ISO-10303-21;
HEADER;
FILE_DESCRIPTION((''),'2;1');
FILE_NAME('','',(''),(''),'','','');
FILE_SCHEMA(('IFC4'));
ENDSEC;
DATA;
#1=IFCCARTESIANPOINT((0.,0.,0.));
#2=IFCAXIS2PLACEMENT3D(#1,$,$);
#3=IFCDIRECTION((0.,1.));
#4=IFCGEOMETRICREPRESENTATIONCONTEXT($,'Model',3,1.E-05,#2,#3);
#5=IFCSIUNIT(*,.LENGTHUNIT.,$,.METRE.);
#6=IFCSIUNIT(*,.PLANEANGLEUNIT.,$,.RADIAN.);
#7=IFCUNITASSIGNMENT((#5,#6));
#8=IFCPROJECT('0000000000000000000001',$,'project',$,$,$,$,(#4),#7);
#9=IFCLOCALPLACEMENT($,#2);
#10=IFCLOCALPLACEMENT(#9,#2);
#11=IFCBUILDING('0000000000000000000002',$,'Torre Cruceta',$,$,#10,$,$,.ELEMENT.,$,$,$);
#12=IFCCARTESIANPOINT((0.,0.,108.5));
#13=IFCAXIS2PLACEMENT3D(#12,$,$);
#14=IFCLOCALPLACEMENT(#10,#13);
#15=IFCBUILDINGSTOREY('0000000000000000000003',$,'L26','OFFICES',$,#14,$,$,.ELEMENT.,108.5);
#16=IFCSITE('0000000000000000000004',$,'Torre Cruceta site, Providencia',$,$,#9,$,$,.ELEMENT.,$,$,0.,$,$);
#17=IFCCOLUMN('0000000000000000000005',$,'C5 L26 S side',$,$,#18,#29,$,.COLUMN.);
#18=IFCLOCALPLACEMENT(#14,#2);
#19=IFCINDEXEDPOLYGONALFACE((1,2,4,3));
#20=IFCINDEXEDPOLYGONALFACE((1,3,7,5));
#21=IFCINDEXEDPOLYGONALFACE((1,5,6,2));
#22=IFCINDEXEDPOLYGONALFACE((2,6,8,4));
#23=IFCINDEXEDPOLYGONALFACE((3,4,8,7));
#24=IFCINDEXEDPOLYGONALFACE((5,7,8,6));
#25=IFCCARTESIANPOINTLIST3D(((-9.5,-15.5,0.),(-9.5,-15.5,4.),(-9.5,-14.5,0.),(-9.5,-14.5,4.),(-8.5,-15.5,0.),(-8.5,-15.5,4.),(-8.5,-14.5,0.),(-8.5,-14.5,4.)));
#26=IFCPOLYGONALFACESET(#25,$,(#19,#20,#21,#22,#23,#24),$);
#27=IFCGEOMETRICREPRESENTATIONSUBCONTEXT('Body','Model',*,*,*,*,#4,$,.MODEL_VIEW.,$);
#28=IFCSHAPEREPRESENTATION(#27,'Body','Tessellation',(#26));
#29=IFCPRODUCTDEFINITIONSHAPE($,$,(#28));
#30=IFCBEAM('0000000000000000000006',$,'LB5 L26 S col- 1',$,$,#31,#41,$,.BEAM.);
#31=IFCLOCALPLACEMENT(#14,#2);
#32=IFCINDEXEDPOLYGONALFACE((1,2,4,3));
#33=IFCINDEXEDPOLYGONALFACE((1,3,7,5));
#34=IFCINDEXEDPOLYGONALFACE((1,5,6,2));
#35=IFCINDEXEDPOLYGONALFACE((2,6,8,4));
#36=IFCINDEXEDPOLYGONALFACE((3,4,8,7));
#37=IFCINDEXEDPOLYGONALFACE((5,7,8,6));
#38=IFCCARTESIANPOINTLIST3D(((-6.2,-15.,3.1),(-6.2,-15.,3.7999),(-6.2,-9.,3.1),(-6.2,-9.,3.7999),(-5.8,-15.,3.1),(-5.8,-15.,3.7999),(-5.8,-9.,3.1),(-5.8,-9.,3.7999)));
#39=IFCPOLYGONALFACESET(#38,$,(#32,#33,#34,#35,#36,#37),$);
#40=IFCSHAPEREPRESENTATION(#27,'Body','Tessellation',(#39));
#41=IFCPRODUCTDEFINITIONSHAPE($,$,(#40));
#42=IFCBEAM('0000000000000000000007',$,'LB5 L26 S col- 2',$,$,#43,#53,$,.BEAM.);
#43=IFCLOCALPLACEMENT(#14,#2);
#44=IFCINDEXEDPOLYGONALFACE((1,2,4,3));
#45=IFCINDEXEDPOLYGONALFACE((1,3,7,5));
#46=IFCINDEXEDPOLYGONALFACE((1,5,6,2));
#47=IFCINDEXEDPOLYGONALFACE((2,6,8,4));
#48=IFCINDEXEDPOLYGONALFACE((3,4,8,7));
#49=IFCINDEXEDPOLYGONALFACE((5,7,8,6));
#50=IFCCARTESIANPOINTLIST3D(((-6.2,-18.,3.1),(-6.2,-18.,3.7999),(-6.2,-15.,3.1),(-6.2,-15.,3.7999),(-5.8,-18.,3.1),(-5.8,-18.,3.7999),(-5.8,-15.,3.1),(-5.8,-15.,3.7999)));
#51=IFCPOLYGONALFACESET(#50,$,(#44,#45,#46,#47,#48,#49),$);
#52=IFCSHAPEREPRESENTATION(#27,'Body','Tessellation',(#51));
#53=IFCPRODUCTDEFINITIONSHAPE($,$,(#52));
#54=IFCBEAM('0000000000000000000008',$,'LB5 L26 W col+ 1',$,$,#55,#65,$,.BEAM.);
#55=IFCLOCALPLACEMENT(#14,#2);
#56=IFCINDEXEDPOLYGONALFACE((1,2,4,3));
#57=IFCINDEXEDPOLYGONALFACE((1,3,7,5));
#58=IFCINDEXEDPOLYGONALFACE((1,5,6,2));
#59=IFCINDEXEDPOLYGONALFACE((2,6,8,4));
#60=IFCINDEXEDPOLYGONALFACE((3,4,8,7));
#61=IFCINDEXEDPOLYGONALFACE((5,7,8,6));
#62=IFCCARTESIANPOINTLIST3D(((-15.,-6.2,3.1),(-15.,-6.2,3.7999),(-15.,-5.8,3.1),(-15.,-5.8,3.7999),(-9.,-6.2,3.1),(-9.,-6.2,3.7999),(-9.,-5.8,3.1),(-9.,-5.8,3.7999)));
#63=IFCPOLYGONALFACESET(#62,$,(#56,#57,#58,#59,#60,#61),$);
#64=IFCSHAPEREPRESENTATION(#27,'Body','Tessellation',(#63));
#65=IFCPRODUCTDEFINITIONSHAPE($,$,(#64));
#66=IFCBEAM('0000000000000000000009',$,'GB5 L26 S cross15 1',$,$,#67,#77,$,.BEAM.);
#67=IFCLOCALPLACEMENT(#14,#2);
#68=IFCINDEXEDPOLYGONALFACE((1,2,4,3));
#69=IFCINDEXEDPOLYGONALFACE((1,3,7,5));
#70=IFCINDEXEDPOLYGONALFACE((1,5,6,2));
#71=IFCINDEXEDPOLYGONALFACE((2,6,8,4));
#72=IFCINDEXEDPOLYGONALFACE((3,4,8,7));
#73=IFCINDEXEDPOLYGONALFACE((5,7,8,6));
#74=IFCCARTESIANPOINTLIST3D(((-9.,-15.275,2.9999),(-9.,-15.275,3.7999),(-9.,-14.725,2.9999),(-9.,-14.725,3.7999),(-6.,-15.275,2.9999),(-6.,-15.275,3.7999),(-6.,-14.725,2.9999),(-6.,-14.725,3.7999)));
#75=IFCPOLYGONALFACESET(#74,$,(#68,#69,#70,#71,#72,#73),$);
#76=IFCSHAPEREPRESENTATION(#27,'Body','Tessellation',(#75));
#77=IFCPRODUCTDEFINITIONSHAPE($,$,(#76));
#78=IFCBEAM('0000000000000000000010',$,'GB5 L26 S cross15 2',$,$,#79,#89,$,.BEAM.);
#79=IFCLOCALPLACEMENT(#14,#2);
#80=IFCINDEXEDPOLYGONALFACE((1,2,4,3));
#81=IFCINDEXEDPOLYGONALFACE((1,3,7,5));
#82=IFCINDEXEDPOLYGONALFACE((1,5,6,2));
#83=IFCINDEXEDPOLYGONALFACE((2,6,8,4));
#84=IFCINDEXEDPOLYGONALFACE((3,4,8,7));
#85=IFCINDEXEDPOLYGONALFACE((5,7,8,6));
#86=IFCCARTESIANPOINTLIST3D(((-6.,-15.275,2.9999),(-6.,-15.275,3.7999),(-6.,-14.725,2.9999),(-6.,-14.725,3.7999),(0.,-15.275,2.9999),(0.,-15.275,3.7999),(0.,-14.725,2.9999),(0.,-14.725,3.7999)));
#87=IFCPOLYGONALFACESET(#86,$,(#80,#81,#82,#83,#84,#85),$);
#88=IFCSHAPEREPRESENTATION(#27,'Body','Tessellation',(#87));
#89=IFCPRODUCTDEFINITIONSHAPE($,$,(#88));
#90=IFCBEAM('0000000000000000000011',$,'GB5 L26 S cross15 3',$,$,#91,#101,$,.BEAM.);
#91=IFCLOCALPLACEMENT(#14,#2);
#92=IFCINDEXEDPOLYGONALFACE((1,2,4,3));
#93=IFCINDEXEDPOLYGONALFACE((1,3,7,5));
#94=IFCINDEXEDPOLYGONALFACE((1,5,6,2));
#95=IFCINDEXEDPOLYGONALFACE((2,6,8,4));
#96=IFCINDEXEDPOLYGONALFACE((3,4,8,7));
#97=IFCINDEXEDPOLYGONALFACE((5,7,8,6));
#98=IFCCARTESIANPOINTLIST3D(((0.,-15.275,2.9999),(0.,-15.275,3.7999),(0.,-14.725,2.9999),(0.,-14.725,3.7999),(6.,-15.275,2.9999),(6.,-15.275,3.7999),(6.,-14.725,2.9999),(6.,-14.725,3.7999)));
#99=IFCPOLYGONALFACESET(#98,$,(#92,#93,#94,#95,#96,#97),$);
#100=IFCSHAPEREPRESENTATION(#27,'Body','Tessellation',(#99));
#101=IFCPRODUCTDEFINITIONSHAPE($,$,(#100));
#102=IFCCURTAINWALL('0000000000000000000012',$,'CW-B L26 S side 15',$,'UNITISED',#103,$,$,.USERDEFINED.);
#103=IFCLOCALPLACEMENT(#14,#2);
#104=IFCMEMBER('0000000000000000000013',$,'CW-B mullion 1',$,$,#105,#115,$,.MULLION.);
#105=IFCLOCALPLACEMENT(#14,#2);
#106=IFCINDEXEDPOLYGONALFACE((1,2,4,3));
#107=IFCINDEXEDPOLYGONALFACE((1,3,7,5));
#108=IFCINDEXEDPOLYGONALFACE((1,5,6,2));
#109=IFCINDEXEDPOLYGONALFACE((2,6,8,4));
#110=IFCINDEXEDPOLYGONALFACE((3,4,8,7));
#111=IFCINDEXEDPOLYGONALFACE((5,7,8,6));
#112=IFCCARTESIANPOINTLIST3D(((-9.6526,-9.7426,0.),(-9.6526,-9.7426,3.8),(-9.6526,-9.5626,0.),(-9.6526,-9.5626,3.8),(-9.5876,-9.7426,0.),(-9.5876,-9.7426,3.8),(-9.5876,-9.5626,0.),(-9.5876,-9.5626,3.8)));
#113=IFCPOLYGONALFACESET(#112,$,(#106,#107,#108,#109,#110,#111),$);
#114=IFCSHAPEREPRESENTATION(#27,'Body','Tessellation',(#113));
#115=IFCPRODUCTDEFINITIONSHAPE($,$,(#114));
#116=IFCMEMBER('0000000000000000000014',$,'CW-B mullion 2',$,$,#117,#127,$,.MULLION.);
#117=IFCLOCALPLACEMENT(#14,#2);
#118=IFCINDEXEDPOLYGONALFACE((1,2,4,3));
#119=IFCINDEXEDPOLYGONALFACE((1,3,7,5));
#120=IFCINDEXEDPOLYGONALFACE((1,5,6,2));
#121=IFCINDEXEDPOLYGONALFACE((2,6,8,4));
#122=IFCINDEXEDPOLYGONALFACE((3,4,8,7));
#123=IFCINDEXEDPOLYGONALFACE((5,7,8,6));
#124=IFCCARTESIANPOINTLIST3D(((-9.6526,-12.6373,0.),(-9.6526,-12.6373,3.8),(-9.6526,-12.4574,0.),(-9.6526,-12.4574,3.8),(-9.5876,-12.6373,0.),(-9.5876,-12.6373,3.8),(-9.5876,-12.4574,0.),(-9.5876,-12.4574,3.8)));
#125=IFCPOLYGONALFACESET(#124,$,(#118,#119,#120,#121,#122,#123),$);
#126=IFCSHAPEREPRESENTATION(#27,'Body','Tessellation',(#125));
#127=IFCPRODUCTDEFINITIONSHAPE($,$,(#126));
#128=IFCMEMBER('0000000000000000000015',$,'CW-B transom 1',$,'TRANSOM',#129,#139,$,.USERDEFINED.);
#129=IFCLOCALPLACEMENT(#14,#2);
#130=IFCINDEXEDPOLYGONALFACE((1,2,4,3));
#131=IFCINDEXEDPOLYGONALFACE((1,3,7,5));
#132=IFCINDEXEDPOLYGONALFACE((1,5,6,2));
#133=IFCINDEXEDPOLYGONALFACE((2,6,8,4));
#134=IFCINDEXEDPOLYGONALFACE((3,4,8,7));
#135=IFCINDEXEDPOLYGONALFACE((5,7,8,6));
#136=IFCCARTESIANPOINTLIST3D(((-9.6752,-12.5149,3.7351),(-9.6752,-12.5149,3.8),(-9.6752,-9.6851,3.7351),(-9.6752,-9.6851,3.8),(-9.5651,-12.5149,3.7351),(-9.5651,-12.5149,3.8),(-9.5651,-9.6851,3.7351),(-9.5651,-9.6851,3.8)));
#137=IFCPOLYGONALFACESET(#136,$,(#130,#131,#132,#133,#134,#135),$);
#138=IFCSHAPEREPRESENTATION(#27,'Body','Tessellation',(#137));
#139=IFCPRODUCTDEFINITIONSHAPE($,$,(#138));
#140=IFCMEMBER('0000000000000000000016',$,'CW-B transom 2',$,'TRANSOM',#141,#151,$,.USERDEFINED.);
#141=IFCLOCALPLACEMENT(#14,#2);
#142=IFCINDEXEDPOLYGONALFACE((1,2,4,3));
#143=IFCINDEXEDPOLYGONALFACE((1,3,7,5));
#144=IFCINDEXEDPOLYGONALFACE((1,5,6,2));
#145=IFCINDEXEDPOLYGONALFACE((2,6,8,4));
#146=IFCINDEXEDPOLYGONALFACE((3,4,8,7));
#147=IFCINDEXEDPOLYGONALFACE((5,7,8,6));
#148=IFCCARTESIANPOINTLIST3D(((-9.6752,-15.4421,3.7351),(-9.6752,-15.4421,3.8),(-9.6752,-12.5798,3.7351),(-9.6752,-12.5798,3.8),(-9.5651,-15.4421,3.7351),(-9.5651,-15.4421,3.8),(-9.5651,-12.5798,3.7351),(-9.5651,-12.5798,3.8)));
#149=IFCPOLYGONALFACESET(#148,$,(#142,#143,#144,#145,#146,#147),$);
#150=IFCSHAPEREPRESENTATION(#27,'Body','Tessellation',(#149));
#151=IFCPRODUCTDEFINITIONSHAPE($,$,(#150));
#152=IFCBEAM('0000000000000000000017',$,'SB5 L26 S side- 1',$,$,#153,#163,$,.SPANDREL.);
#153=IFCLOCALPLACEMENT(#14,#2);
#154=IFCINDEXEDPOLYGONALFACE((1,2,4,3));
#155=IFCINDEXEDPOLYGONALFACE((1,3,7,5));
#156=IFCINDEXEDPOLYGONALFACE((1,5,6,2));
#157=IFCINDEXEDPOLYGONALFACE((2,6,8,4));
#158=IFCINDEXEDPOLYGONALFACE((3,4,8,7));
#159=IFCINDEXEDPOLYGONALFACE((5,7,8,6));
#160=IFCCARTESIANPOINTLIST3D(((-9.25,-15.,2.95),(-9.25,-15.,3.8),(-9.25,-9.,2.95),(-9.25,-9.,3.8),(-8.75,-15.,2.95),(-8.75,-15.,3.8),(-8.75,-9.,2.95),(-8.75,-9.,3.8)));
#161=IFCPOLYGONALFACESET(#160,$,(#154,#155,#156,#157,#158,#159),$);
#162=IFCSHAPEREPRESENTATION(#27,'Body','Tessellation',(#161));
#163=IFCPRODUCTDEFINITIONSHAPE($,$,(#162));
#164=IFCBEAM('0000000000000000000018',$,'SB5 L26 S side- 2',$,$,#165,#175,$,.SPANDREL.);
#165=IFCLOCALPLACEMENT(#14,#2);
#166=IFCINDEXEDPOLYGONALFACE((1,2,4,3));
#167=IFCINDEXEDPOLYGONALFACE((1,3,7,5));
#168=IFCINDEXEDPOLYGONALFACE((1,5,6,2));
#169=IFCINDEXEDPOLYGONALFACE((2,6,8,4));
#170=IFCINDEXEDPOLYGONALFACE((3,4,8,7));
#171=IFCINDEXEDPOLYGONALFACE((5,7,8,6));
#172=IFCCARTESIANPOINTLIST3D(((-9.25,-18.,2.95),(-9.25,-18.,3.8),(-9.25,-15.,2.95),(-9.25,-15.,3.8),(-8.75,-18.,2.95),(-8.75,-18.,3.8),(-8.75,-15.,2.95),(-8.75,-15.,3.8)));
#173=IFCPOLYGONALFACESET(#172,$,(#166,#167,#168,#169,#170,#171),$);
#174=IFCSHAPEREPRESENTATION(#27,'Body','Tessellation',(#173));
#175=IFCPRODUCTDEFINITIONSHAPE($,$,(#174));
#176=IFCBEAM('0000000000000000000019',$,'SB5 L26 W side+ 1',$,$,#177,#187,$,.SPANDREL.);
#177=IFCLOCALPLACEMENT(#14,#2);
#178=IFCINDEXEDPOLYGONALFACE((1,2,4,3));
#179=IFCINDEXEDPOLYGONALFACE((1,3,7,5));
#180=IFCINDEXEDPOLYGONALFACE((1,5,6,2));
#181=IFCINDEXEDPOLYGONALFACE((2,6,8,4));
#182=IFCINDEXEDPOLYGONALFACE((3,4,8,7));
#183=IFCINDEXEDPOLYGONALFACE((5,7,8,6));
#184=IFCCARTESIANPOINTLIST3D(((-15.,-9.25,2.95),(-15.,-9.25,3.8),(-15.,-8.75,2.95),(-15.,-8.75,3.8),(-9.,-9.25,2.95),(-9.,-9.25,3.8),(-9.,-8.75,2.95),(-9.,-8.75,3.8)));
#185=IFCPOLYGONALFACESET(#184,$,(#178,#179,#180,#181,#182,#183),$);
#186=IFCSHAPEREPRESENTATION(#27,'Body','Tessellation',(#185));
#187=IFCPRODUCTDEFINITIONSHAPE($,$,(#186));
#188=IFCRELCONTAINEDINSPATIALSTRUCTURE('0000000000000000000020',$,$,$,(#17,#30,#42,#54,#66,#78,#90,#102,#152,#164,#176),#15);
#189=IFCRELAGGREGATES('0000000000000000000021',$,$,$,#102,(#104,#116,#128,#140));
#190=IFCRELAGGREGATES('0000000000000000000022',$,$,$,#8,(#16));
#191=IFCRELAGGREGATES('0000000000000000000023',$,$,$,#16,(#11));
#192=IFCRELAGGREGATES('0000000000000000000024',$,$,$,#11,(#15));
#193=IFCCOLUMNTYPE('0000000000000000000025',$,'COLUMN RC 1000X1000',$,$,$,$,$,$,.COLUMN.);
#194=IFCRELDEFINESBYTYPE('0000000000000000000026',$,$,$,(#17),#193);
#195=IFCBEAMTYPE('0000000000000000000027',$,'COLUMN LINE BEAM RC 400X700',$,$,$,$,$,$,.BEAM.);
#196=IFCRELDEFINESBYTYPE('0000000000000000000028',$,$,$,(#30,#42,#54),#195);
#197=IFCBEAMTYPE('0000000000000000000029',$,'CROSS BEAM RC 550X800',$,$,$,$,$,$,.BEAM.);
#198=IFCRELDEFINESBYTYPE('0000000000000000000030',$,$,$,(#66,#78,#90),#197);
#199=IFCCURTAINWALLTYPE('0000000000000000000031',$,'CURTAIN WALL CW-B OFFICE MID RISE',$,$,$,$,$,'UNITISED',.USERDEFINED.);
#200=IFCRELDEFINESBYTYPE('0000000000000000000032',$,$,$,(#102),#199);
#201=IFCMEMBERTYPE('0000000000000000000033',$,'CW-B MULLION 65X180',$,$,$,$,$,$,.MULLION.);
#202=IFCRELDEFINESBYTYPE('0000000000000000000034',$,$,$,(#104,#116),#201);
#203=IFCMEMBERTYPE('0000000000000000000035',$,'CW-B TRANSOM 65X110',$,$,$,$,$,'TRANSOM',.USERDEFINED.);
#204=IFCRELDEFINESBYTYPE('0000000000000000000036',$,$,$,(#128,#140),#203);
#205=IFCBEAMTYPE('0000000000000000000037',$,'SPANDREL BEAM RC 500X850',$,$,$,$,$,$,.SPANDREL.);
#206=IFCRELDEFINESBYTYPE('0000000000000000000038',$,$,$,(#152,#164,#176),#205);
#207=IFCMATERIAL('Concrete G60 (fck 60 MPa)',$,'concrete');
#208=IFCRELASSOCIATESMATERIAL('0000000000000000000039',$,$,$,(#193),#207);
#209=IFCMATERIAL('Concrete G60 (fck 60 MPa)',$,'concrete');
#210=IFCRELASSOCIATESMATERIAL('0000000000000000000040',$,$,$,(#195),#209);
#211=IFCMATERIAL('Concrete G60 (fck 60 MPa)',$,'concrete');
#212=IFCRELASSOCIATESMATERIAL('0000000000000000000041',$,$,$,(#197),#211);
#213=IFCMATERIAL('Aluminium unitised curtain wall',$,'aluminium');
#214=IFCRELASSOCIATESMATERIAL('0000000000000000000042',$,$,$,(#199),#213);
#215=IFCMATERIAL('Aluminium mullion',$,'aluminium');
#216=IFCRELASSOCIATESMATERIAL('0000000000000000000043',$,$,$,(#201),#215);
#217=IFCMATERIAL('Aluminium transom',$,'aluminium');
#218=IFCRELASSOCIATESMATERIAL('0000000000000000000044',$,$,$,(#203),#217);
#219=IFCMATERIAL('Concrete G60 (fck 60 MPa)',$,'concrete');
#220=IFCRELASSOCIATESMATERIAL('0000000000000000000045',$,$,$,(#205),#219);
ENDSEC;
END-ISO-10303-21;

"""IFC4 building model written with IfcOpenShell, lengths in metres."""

from ifc_helpers import new_model, si_unit, direction, frame, origin, origin_2d, place, context, subcontext, project, spatial, rectangle, extrude, material, material_profile, profile_set, type_object, element, aggregate, save


model = new_model("IFC4")

# Units and contexts
model_context = context("Model", 3, precision=1e-05, world=origin(), true_north=direction((0.0, 1.0)))
body_context = subcontext(model_context, "Body", "Model", "MODEL_VIEW")
ifc_project = project(units=[si_unit("LENGTHUNIT", "METRE"), si_unit("PLANEANGLEUNIT", "RADIAN")], contexts=[model_context])

# Site, building, storey
site_placement = place(None, origin())
site = spatial("IfcSite", under=ifc_project, at=site_placement, Name="Torre Cruceta site, Providencia", CompositionType="ELEMENT", RefElevation=0.0)
building_placement = place(site_placement, origin())
building = spatial("IfcBuilding", under=site, at=building_placement, Name="Torre Cruceta", CompositionType="ELEMENT")
storey_placement = place(building_placement, frame((0.0, 0.0, 108.5)))
storey = spatial("IfcBuildingStorey", under=building, at=storey_placement, Name="L26", Description="OFFICES", CompositionType="ELEMENT", Elevation=108.5)

# Column
ifc_material_1 = material(Name="Concrete G60 (fck 60 MPa)", Category="concrete")
ifc_material_profile_1 = material_profile(ifc_material_1, rectangle(XDim=1.0, YDim=1.0, at=origin_2d()), Name="RC 1000X1000")
ifc_profile_set_1 = profile_set([ifc_material_profile_1], Name="Concrete G60 (fck 60 MPa)")
column_type = type_object("IfcColumnType", Name="COLUMN RC 1000X1000", PredefinedType="COLUMN", material=ifc_profile_set_1)
column_placement = place(storey_placement, frame((-9.0, -15.0, 0.0), z_axis=(0.0, 0.0, 1.0), x_axis=(1.0, 0.0, 0.0)))
element("IfcColumn", 1, at=column_placement, inside=storey, type_object=column_type, Name="C5 L26 S side", PredefinedType="COLUMN", context=body_context, shape_type="SweptSolid", body=[
    extrude(rectangle(XDim=1.0, YDim=1.0, at=origin_2d()), origin(), (0.0, 0.0, 1.0), 4.0),
])

# Beams
ifc_material_2 = material(Name="Concrete G60 (fck 60 MPa)", Category="concrete")
ifc_material_profile_2 = material_profile(ifc_material_2, rectangle(XDim=0.3999, YDim=0.7, at=origin_2d()), Name="RC 400X700")
ifc_profile_set_2 = profile_set([ifc_material_profile_2], Name="Concrete G60 (fck 60 MPa)")
beam_type_1 = type_object("IfcBeamType", Name="COLUMN LINE BEAM RC 400X700", PredefinedType="BEAM", material=ifc_profile_set_2)
beam_1_placement = place(storey_placement, frame((-6.0, -9.0, 3.45), z_axis=(0.0, -1.0, 0.0), x_axis=(1.0, 0.0, 0.0)))
element("IfcBeam", 2, at=beam_1_placement, inside=storey, type_object=beam_type_1, Name="LB5 L26 S col- 1", PredefinedType="BEAM", context=body_context, shape_type="SweptSolid", body=[
    extrude(rectangle(XDim=0.3999, YDim=0.7, at=origin_2d()), origin(), (0.0, 0.0, 1.0), 6.0),
])
beam_2_placement = place(storey_placement, frame((-6.0, -15.0, 3.45), z_axis=(0.0, -1.0, 0.0), x_axis=(1.0, 0.0, 0.0)))
element("IfcBeam", 3, at=beam_2_placement, inside=storey, type_object=beam_type_1, Name="LB5 L26 S col- 2", PredefinedType="BEAM", context=body_context, shape_type="SweptSolid", body=[
    extrude(rectangle(XDim=0.3999, YDim=0.7, at=origin_2d()), origin(), (0.0, 0.0, 1.0), 3.0),
])
beam_3_placement = place(storey_placement, frame((-9.0, -6.0, 3.45), z_axis=(-1.0, 0.0, 0.0), x_axis=(0.0, -1.0, 0.0)))
element("IfcBeam", 4, at=beam_3_placement, inside=storey, type_object=beam_type_1, Name="LB5 L26 W col+ 1", PredefinedType="BEAM", context=body_context, shape_type="SweptSolid", body=[
    extrude(rectangle(XDim=0.3999, YDim=0.7, at=origin_2d()), origin(), (0.0, 0.0, 1.0), 6.0),
])
ifc_material_3 = material(Name="Concrete G60 (fck 60 MPa)", Category="concrete")
ifc_material_profile_3 = material_profile(ifc_material_3, rectangle(XDim=0.55, YDim=0.8, at=origin_2d()), Name="RC 550X800")
ifc_profile_set_3 = profile_set([ifc_material_profile_3], Name="Concrete G60 (fck 60 MPa)")
beam_type_2 = type_object("IfcBeamType", Name="CROSS BEAM RC 550X800", PredefinedType="BEAM", material=ifc_profile_set_3)
beam_4_placement = place(storey_placement, frame((-9.0, -15.0, 3.3999), z_axis=(1.0, 0.0, 0.0), x_axis=(0.0, 1.0, 0.0)))
element("IfcBeam", 5, at=beam_4_placement, inside=storey, type_object=beam_type_2, Name="GB5 L26 S cross15 1", PredefinedType="BEAM", context=body_context, shape_type="SweptSolid", body=[
    extrude(rectangle(XDim=0.55, YDim=0.8, at=origin_2d()), origin(), (0.0, 0.0, 1.0), 3.0),
])
for number, where, z_axis, x_axis, name in (
    (6, (-6.0, -15.0, 3.3999), (1.0, 0.0, 0.0), (0.0, 1.0, 0.0), "GB5 L26 S cross15 2"),
    (7, (0.0, -15.0, 3.3999), (1.0, 0.0, 0.0), (0.0, 1.0, 0.0), "GB5 L26 S cross15 3"),
):
    element("IfcBeam", number, at=place(storey_placement, frame(where, z_axis=z_axis, x_axis=x_axis)), inside=storey, type_object=beam_type_2, Name=name, PredefinedType="BEAM", context=body_context, shape_type="SweptSolid", body=[
        extrude(rectangle(XDim=0.55, YDim=0.8, at=origin_2d()), origin(), (0.0, 0.0, 1.0), 6.0),
    ])

# Curtain wall, members
ifc_material_4 = material(Name="Aluminium unitised curtain wall", Category="aluminium")
curtain_wall_type = type_object("IfcCurtainWallType", Name="CURTAIN WALL CW-B OFFICE MID RISE", ElementType="UNITISED", PredefinedType="USERDEFINED", material=ifc_material_4)
curtain_wall_placement = place(storey_placement, origin())
curtain_wall = element("IfcCurtainWall", 8, at=curtain_wall_placement, inside=storey, type_object=curtain_wall_type, Name="CW-B L26 S side 15", ObjectType="UNITISED", PredefinedType="USERDEFINED")
ifc_material_5 = material(Name="Aluminium mullion", Category="aluminium")
ifc_material_profile_4 = material_profile(ifc_material_5, rectangle(XDim=0.0649, YDim=0.1799, at=origin_2d()), Name="AL 65X180")
ifc_profile_set_4 = profile_set([ifc_material_profile_4], Name="Aluminium mullion")
member_type_1 = type_object("IfcMemberType", Name="CW-B MULLION 65X180", PredefinedType="MULLION", material=ifc_profile_set_4)
member_1_placement = place(storey_placement, frame((-9.6201, -9.6526, 0.0), z_axis=(0.0, 0.0, 1.0), x_axis=(1.0, 0.0, 0.0)))
member_1 = element("IfcMember", 9, at=member_1_placement, type_object=member_type_1, Name="CW-B mullion 1", PredefinedType="MULLION", context=body_context, shape_type="SweptSolid", body=[
    extrude(rectangle(XDim=0.0649, YDim=0.1799, at=origin_2d()), origin(), (0.0, 0.0, 1.0), 3.8),
])
member_2_placement = place(storey_placement, frame((-9.6201, -12.5474, 0.0), z_axis=(0.0, 0.0, 1.0), x_axis=(1.0, 0.0, 0.0)))
member_2 = element("IfcMember", 10, at=member_2_placement, type_object=member_type_1, Name="CW-B mullion 2", PredefinedType="MULLION", context=body_context, shape_type="SweptSolid", body=[
    extrude(rectangle(XDim=0.0649, YDim=0.1799, at=origin_2d()), origin(), (0.0, 0.0, 1.0), 3.8),
])
ifc_material_6 = material(Name="Aluminium transom", Category="aluminium")
ifc_material_profile_5 = material_profile(ifc_material_6, rectangle(XDim=0.1101, YDim=0.0649, at=origin_2d()), Name="AL 110X65")
ifc_profile_set_5 = profile_set([ifc_material_profile_5], Name="Aluminium transom")
member_type_2 = type_object("IfcMemberType", Name="CW-B TRANSOM 65X110", ElementType="TRANSOM", PredefinedType="USERDEFINED", material=ifc_profile_set_5)
member_3_placement = place(storey_placement, frame((-9.6201, -9.6851, 3.7676), z_axis=(0.0, -1.0, 0.0), x_axis=(1.0, 0.0, 0.0)))
member_3 = element("IfcMember", 11, at=member_3_placement, type_object=member_type_2, Name="CW-B transom 1", ObjectType="TRANSOM", PredefinedType="USERDEFINED", context=body_context, shape_type="SweptSolid", body=[
    extrude(rectangle(XDim=0.1101, YDim=0.0649, at=origin_2d()), origin(), (0.0, 0.0, 1.0), 2.8298),
])
member_4_placement = place(storey_placement, frame((-9.6201, -12.5798, 3.7676), z_axis=(0.0, -1.0, 0.0), x_axis=(1.0, 0.0, 0.0)))
member_4 = element("IfcMember", 12, at=member_4_placement, type_object=member_type_2, Name="CW-B transom 2", ObjectType="TRANSOM", PredefinedType="USERDEFINED", context=body_context, shape_type="SweptSolid", body=[
    extrude(rectangle(XDim=0.1101, YDim=0.0649, at=origin_2d()), origin(), (0.0, 0.0, 1.0), 2.8623),
])

# Beams
ifc_material_7 = material(Name="Concrete G60 (fck 60 MPa)", Category="concrete")
ifc_material_profile_6 = material_profile(ifc_material_7, rectangle(XDim=0.5, YDim=0.8501, at=origin_2d()), Name="RC 500X850")
ifc_profile_set_6 = profile_set([ifc_material_profile_6], Name="Concrete G60 (fck 60 MPa)")
beam_type_3 = type_object("IfcBeamType", Name="SPANDREL BEAM RC 500X850", PredefinedType="SPANDREL", material=ifc_profile_set_6)
beam_5_placement = place(storey_placement, frame((-9.0, -9.0, 3.375), z_axis=(0.0, -1.0, 0.0), x_axis=(1.0, 0.0, 0.0)))
element("IfcBeam", 13, at=beam_5_placement, inside=storey, type_object=beam_type_3, Name="SB5 L26 S side- 1", PredefinedType="SPANDREL", context=body_context, shape_type="SweptSolid", body=[
    extrude(rectangle(XDim=0.5, YDim=0.8501, at=origin_2d()), origin(), (0.0, 0.0, 1.0), 6.0),
])
beam_6_placement = place(storey_placement, frame((-9.0, -15.0, 3.375), z_axis=(0.0, -1.0, 0.0), x_axis=(1.0, 0.0, 0.0)))
element("IfcBeam", 14, at=beam_6_placement, inside=storey, type_object=beam_type_3, Name="SB5 L26 S side- 2", PredefinedType="SPANDREL", context=body_context, shape_type="SweptSolid", body=[
    extrude(rectangle(XDim=0.5, YDim=0.8501, at=origin_2d()), origin(), (0.0, 0.0, 1.0), 3.0),
])
beam_7_placement = place(storey_placement, frame((-9.0, -9.0, 3.375), z_axis=(-1.0, 0.0, 0.0), x_axis=(0.0, -1.0, 0.0)))
element("IfcBeam", 15, at=beam_7_placement, inside=storey, type_object=beam_type_3, Name="SB5 L26 W side+ 1", PredefinedType="SPANDREL", context=body_context, shape_type="SweptSolid", body=[
    extrude(rectangle(XDim=0.5, YDim=0.8501, at=origin_2d()), origin(), (0.0, 0.0, 1.0), 6.0),
])

aggregate(curtain_wall, [member_1, member_2, member_3, member_4])

save(model, "model.ifc")
